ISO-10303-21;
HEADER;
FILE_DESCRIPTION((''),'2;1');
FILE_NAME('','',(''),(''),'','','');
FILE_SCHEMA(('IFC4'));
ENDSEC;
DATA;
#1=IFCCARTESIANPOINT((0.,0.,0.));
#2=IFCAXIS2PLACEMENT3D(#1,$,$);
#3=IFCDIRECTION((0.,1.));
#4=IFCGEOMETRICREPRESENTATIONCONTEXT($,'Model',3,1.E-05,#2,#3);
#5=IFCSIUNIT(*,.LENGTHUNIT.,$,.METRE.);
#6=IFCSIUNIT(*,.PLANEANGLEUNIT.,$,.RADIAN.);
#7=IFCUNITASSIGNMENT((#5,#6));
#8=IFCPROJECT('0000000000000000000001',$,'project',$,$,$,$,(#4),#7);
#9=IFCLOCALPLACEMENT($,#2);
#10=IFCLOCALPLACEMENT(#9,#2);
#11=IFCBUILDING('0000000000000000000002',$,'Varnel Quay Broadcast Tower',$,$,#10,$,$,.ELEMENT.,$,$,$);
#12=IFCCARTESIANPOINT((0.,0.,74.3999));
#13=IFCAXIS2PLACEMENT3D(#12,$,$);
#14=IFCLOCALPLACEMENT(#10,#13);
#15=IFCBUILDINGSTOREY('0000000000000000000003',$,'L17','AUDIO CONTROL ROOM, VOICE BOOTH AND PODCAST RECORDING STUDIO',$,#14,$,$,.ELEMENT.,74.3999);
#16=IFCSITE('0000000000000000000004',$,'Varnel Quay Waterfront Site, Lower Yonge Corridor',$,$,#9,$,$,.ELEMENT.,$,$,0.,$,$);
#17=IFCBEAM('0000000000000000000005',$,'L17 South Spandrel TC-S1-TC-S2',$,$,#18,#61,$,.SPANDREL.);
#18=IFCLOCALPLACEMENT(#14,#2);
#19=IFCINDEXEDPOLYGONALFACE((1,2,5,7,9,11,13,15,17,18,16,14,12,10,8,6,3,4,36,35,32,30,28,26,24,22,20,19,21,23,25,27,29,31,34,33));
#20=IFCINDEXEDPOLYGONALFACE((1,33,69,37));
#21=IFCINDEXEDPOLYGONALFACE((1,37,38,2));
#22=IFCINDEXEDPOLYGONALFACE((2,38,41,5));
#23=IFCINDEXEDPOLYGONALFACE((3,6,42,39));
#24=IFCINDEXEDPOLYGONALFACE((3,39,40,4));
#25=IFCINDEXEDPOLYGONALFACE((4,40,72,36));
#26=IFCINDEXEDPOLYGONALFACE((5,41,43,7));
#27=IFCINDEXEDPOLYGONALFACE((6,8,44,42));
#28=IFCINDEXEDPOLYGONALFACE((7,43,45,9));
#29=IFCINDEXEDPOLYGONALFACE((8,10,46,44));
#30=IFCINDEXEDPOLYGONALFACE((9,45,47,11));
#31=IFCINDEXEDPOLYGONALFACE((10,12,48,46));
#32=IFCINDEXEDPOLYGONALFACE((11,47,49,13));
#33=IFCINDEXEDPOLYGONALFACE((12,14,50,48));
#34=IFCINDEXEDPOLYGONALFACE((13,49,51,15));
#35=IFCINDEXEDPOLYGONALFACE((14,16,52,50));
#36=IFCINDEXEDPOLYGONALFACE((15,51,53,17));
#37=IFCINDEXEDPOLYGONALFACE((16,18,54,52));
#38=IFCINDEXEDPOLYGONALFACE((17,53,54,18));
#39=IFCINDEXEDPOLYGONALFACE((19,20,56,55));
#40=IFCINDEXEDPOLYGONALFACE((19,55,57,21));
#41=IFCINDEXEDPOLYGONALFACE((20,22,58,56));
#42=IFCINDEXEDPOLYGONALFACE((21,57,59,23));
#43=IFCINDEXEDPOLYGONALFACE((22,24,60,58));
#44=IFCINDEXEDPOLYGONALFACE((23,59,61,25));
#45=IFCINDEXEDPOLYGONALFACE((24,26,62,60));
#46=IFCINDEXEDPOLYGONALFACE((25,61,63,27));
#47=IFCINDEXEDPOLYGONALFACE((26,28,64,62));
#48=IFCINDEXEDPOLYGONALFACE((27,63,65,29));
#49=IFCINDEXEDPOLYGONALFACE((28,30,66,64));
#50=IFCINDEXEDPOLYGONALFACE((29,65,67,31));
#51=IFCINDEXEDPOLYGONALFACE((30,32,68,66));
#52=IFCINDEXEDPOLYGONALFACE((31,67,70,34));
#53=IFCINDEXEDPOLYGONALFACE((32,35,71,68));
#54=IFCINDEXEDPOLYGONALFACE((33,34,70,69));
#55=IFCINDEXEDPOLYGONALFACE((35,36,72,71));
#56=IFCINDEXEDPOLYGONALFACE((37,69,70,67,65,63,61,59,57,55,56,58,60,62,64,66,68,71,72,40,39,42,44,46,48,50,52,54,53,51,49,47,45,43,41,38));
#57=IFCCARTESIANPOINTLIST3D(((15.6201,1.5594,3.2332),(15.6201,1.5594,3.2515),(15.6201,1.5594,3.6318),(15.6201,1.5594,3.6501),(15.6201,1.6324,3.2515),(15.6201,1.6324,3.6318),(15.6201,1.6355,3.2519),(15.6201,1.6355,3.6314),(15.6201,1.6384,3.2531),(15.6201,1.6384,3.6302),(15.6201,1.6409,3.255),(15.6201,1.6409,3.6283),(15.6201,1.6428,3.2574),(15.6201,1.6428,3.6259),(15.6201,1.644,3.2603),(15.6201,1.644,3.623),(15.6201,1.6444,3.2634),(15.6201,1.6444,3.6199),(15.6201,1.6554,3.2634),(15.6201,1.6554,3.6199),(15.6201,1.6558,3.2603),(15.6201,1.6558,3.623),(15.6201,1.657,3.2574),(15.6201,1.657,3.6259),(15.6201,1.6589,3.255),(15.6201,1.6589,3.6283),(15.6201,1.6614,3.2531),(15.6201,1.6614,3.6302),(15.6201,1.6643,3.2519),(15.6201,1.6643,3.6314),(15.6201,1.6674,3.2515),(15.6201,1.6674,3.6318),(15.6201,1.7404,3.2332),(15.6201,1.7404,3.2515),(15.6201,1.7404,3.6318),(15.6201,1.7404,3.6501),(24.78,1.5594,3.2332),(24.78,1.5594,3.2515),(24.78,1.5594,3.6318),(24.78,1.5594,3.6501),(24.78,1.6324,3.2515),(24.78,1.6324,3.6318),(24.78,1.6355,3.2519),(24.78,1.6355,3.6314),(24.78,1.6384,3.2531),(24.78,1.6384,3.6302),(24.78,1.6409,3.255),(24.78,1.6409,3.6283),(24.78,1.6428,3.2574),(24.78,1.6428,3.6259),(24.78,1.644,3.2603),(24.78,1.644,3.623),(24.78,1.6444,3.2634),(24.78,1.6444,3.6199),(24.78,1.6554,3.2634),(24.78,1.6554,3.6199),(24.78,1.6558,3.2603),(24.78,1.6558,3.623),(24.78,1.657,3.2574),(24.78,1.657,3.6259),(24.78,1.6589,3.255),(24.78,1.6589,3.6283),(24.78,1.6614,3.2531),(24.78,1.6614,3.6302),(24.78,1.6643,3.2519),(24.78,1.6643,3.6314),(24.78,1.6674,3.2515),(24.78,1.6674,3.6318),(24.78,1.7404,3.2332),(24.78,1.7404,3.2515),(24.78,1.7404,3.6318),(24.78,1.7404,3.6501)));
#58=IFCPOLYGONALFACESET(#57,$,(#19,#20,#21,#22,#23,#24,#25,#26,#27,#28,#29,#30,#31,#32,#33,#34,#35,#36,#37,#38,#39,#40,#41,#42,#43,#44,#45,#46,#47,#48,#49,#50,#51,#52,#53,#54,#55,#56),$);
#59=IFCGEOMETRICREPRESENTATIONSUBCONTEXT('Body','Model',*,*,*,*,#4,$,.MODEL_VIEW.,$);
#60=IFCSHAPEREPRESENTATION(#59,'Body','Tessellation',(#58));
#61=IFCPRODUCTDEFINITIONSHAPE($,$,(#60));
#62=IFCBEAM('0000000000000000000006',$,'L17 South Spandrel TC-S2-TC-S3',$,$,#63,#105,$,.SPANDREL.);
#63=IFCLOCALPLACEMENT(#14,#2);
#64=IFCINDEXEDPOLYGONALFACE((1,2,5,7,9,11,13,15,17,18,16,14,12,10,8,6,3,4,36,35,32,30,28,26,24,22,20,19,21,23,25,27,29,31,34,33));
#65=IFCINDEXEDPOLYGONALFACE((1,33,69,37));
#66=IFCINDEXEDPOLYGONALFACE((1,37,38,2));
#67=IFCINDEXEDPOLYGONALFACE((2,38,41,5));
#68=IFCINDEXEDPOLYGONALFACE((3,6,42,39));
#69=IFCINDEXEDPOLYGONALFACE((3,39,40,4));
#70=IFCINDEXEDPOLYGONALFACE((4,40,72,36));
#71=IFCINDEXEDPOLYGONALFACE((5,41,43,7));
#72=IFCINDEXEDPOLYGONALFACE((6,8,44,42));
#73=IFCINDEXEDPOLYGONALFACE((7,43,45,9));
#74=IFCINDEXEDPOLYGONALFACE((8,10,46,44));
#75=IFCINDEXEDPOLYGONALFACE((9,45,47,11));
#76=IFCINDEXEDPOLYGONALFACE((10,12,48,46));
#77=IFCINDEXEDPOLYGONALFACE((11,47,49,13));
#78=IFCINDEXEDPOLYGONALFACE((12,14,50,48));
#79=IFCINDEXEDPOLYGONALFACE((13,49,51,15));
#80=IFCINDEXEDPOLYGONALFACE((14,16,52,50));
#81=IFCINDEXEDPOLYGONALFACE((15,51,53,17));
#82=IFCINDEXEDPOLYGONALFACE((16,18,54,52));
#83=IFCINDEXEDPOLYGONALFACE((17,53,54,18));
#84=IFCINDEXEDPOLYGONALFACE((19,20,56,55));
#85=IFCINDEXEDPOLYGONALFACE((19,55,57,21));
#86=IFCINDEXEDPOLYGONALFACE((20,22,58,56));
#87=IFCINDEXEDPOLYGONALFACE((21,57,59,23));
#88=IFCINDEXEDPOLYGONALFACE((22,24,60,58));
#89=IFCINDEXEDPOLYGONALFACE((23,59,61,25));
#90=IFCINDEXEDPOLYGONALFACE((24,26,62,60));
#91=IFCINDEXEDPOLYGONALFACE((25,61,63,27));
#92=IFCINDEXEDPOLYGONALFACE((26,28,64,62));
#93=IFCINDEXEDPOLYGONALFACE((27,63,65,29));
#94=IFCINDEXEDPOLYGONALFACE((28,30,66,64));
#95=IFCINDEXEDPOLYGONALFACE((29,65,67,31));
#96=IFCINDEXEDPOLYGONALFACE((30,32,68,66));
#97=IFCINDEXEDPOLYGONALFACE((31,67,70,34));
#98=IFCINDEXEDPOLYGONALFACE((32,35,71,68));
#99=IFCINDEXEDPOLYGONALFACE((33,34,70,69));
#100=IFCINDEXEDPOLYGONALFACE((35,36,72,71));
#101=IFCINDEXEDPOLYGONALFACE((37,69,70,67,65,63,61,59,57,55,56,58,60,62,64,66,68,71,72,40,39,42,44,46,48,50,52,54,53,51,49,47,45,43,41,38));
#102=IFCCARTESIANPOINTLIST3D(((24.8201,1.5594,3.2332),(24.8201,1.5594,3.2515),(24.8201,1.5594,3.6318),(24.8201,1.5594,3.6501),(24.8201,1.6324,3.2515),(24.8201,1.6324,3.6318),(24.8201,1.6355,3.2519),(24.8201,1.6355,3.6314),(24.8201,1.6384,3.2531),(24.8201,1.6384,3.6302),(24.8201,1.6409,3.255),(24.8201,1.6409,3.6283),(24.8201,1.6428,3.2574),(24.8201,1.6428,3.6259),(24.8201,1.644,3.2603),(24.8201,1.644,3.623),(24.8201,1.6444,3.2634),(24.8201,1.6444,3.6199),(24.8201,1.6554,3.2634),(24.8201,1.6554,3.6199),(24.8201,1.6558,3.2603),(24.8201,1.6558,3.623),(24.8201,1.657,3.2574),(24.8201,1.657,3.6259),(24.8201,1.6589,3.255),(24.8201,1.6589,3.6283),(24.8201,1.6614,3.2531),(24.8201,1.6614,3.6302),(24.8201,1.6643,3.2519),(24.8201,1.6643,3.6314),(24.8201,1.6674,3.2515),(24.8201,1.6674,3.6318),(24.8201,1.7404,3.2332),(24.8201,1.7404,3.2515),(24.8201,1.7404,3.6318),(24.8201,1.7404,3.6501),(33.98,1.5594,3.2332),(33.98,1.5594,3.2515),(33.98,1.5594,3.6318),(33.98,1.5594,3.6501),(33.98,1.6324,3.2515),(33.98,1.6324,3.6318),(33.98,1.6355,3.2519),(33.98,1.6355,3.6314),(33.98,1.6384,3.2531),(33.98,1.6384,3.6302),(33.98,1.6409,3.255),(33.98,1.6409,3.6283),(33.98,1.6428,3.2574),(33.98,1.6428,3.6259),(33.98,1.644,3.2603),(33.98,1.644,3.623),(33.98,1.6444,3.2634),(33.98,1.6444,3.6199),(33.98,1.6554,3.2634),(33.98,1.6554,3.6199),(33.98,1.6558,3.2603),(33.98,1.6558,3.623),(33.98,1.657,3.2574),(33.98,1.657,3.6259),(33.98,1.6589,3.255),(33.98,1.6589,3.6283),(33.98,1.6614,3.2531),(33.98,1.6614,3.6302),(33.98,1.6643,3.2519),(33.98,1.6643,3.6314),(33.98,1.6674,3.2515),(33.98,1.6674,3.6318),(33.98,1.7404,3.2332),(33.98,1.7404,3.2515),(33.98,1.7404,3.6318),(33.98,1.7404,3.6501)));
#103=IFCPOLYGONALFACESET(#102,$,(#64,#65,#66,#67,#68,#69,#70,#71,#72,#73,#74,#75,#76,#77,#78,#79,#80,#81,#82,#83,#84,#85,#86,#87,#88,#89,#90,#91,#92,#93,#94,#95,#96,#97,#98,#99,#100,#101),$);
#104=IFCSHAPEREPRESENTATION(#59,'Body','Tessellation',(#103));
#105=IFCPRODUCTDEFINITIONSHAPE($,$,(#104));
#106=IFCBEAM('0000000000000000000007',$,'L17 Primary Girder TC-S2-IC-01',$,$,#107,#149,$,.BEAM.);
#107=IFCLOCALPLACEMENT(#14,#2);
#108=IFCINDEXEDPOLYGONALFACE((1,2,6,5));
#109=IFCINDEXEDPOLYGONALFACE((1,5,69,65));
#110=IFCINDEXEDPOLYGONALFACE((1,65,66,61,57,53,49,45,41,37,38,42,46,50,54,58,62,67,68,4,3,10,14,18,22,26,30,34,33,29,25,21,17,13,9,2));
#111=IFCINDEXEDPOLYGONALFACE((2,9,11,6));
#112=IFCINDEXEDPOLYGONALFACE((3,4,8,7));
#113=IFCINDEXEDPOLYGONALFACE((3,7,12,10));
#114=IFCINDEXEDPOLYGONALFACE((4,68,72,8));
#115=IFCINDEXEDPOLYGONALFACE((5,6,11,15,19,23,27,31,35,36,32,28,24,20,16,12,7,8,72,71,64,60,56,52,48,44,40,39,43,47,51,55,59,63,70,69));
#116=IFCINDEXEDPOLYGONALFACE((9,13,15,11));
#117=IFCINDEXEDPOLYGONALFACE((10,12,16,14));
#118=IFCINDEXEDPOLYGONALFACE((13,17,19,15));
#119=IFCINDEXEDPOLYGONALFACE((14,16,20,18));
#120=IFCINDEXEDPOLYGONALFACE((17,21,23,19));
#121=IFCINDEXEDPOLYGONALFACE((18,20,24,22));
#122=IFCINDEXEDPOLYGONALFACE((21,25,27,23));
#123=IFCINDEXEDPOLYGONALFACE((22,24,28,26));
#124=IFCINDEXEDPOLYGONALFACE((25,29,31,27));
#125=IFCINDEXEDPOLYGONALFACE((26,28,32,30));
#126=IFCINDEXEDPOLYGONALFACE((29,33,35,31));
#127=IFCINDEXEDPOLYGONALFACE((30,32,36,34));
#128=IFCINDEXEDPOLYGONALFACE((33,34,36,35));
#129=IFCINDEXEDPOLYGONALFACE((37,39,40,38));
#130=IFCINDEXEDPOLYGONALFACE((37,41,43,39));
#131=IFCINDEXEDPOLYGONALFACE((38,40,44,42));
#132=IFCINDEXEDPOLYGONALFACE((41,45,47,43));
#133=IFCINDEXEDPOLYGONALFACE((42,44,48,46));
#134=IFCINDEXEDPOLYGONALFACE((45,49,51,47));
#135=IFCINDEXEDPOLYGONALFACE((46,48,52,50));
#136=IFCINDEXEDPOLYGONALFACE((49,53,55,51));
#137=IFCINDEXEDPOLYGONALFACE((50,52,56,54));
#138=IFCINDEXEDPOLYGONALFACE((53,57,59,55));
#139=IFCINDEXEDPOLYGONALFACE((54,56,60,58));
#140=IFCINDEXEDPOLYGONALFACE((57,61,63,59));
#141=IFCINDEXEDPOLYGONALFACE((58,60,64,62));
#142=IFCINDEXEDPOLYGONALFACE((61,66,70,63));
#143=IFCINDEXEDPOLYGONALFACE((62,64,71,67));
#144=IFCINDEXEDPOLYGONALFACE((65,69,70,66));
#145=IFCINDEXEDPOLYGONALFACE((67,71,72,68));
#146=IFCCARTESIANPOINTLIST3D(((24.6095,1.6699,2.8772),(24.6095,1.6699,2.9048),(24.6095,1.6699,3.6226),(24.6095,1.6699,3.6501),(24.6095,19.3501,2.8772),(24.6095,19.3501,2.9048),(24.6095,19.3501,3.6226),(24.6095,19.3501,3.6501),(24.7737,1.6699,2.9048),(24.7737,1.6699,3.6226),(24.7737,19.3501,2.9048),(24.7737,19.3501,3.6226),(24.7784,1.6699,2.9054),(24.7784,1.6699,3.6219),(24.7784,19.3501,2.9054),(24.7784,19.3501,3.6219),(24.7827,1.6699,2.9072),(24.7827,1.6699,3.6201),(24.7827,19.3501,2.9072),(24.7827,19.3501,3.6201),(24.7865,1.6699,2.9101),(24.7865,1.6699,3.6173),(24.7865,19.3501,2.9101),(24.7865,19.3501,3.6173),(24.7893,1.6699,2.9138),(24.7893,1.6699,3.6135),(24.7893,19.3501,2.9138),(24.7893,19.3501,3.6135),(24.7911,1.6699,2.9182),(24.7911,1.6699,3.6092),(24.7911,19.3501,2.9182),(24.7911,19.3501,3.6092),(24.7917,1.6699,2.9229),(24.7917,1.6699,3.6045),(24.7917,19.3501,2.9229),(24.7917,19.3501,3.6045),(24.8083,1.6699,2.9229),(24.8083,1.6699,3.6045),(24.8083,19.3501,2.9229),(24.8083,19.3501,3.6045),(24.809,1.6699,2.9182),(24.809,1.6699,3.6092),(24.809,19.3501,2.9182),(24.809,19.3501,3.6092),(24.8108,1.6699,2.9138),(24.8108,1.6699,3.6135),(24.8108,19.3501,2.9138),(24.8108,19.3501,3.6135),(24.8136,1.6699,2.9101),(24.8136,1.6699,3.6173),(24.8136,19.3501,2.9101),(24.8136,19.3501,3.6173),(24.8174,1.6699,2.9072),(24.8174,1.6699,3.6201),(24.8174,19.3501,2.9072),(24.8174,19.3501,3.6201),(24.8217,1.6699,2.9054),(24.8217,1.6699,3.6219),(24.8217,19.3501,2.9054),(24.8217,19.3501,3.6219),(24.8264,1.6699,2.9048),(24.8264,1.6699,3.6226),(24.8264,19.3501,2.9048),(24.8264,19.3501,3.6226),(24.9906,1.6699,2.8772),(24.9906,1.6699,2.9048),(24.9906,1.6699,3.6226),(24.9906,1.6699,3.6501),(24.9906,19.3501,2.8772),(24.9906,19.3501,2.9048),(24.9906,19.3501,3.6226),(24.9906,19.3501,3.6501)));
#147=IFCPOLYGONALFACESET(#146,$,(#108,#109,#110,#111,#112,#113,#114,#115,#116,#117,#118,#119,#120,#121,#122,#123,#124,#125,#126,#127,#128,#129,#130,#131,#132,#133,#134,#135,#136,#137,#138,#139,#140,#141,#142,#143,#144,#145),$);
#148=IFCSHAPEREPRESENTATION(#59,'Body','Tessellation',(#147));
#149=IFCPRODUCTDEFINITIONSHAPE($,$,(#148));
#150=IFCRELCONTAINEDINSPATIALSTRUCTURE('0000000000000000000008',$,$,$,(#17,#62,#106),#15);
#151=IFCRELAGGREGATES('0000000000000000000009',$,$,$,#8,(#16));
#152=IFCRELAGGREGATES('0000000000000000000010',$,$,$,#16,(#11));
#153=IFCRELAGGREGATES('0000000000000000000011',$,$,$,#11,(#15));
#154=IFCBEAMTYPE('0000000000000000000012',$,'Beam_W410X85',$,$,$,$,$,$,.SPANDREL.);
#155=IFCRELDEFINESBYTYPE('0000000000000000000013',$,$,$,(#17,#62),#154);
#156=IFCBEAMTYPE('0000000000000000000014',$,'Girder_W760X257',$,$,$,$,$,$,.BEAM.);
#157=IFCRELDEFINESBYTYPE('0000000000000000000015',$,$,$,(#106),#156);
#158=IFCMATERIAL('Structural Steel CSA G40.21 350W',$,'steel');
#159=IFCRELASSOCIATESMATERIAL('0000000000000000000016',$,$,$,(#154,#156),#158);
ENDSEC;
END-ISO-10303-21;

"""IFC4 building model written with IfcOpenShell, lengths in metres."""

from ifc_helpers import new_model, si_unit, direction, frame, origin, origin_2d, place, context, subcontext, project, spatial, i_section, extrude, source, transform, mapped, material, material_profile, profile_set, type_object, type_shapes, element, save


model = new_model("IFC4")

# Units and contexts
model_context = context("Model", 3, precision=1e-05, world=origin(), true_north=direction((0.0, 1.0)))
body_context = subcontext(model_context, "Body", "Model", "MODEL_VIEW")
ifc_project = project(units=[si_unit("LENGTHUNIT", "METRE"), si_unit("PLANEANGLEUNIT", "RADIAN")], contexts=[model_context])

# Site, building, storey
site_placement = place(None, origin())
site = spatial("IfcSite", under=ifc_project, at=site_placement, Name="Varnel Quay Waterfront Site, Lower Yonge Corridor", CompositionType="ELEMENT", RefElevation=0.0)
building_placement = place(site_placement, origin())
building = spatial("IfcBuilding", under=site, at=building_placement, Name="Varnel Quay Broadcast Tower", CompositionType="ELEMENT")
storey_placement = place(building_placement, frame((0.0, 0.0, 74.3999)))
storey = spatial("IfcBuildingStorey", under=building, at=storey_placement, Name="L17", Description="AUDIO CONTROL ROOM, VOICE BOOTH AND PODCAST RECORDING STUDIO", CompositionType="ELEMENT", Elevation=74.3999)

# Shared definitions
ifc_material_1 = material(Name="Structural Steel CSA G40.21 350W", Category="steel")

# Beams
ifc_material_profile_1 = material_profile(ifc_material_1, i_section(OverallWidth=0.1809, OverallDepth=0.417, WebThickness=0.011, FlangeThickness=0.0183, FilletRadius=0.012, at=origin_2d()), Name="W410X85")
ifc_profile_set_1 = profile_set([ifc_material_profile_1], Name="Structural Steel CSA G40.21 350W")
beam_type_1 = type_object("IfcBeamType", Name="Beam_W410X85", PredefinedType="SPANDREL", material=ifc_profile_set_1)
shared_shape_1 = source(origin(), body_context, "Body", "SweptSolid", [
    extrude(i_section(OverallWidth=0.1809, OverallDepth=0.417, WebThickness=0.011, FlangeThickness=0.0183, FilletRadius=0.012, at=origin_2d()), origin(), (0.0, 0.0, 1.0), 9.1599),
])
for number, where, z_axis, x_axis, name in (
    (1, (15.6201, 1.6499, 3.4417), (1.0, 0.0, 0.0), (0.0, 1.0, 0.0), "L17 South Spandrel TC-S1-TC-S2"),
    (2, (24.8201, 1.6499, 3.4417), (1.0, 0.0, 0.0), (0.0, 1.0, 0.0), "L17 South Spandrel TC-S2-TC-S3"),
):
    element("IfcBeam", number, at=place(storey_placement, frame(where, z_axis=z_axis, x_axis=x_axis)), inside=storey, type_object=beam_type_1, Name=name, PredefinedType="SPANDREL", context=body_context, shape_type="MappedRepresentation", body=[
        mapped(shared_shape_1, transform((0.0, 0.0, 0.0), x_axis=(1.0, 0.0, 0.0), y_axis=(0.0, 1.0, 0.0), z_axis=(0.0, 0.0, 1.0), scale=1.0)),
    ])
ifc_material_profile_2 = material_profile(ifc_material_1, i_section(OverallWidth=0.3811, OverallDepth=0.7729, WebThickness=0.0166, FlangeThickness=0.0276, FilletRadius=0.0181, at=origin_2d()), Name="W760X257")
ifc_profile_set_2 = profile_set([ifc_material_profile_2], Name="Structural Steel CSA G40.21 350W")
beam_type_2 = type_object("IfcBeamType", Name="Girder_W760X257", PredefinedType="BEAM", material=ifc_profile_set_2)
shared_shape_2 = source(origin(), body_context, "Body", "SweptSolid", [
    extrude(i_section(OverallWidth=0.3811, OverallDepth=0.7729, WebThickness=0.0166, FlangeThickness=0.0276, FilletRadius=0.0181, at=origin_2d()), origin(), (0.0, 0.0, 1.0), 17.6802),
])
type_shapes(beam_type_2, [shared_shape_2])
beam_1_placement = place(storey_placement, frame((24.8, 1.6699, 3.2637), z_axis=(0.0, 1.0, 0.0), x_axis=(-1.0, 0.0, 0.0)))
element("IfcBeam", 3, at=beam_1_placement, inside=storey, type_object=beam_type_2, Name="L17 Primary Girder TC-S2-IC-01", PredefinedType="BEAM", context=body_context, shape_type="MappedRepresentation", body=[
    mapped(shared_shape_2, transform((0.0, 0.0, 0.0), x_axis=(1.0, 0.0, 0.0), y_axis=(0.0, 1.0, 0.0), z_axis=(0.0, 0.0, 1.0), scale=1.0)),
])

save(model, "model.ifc")
